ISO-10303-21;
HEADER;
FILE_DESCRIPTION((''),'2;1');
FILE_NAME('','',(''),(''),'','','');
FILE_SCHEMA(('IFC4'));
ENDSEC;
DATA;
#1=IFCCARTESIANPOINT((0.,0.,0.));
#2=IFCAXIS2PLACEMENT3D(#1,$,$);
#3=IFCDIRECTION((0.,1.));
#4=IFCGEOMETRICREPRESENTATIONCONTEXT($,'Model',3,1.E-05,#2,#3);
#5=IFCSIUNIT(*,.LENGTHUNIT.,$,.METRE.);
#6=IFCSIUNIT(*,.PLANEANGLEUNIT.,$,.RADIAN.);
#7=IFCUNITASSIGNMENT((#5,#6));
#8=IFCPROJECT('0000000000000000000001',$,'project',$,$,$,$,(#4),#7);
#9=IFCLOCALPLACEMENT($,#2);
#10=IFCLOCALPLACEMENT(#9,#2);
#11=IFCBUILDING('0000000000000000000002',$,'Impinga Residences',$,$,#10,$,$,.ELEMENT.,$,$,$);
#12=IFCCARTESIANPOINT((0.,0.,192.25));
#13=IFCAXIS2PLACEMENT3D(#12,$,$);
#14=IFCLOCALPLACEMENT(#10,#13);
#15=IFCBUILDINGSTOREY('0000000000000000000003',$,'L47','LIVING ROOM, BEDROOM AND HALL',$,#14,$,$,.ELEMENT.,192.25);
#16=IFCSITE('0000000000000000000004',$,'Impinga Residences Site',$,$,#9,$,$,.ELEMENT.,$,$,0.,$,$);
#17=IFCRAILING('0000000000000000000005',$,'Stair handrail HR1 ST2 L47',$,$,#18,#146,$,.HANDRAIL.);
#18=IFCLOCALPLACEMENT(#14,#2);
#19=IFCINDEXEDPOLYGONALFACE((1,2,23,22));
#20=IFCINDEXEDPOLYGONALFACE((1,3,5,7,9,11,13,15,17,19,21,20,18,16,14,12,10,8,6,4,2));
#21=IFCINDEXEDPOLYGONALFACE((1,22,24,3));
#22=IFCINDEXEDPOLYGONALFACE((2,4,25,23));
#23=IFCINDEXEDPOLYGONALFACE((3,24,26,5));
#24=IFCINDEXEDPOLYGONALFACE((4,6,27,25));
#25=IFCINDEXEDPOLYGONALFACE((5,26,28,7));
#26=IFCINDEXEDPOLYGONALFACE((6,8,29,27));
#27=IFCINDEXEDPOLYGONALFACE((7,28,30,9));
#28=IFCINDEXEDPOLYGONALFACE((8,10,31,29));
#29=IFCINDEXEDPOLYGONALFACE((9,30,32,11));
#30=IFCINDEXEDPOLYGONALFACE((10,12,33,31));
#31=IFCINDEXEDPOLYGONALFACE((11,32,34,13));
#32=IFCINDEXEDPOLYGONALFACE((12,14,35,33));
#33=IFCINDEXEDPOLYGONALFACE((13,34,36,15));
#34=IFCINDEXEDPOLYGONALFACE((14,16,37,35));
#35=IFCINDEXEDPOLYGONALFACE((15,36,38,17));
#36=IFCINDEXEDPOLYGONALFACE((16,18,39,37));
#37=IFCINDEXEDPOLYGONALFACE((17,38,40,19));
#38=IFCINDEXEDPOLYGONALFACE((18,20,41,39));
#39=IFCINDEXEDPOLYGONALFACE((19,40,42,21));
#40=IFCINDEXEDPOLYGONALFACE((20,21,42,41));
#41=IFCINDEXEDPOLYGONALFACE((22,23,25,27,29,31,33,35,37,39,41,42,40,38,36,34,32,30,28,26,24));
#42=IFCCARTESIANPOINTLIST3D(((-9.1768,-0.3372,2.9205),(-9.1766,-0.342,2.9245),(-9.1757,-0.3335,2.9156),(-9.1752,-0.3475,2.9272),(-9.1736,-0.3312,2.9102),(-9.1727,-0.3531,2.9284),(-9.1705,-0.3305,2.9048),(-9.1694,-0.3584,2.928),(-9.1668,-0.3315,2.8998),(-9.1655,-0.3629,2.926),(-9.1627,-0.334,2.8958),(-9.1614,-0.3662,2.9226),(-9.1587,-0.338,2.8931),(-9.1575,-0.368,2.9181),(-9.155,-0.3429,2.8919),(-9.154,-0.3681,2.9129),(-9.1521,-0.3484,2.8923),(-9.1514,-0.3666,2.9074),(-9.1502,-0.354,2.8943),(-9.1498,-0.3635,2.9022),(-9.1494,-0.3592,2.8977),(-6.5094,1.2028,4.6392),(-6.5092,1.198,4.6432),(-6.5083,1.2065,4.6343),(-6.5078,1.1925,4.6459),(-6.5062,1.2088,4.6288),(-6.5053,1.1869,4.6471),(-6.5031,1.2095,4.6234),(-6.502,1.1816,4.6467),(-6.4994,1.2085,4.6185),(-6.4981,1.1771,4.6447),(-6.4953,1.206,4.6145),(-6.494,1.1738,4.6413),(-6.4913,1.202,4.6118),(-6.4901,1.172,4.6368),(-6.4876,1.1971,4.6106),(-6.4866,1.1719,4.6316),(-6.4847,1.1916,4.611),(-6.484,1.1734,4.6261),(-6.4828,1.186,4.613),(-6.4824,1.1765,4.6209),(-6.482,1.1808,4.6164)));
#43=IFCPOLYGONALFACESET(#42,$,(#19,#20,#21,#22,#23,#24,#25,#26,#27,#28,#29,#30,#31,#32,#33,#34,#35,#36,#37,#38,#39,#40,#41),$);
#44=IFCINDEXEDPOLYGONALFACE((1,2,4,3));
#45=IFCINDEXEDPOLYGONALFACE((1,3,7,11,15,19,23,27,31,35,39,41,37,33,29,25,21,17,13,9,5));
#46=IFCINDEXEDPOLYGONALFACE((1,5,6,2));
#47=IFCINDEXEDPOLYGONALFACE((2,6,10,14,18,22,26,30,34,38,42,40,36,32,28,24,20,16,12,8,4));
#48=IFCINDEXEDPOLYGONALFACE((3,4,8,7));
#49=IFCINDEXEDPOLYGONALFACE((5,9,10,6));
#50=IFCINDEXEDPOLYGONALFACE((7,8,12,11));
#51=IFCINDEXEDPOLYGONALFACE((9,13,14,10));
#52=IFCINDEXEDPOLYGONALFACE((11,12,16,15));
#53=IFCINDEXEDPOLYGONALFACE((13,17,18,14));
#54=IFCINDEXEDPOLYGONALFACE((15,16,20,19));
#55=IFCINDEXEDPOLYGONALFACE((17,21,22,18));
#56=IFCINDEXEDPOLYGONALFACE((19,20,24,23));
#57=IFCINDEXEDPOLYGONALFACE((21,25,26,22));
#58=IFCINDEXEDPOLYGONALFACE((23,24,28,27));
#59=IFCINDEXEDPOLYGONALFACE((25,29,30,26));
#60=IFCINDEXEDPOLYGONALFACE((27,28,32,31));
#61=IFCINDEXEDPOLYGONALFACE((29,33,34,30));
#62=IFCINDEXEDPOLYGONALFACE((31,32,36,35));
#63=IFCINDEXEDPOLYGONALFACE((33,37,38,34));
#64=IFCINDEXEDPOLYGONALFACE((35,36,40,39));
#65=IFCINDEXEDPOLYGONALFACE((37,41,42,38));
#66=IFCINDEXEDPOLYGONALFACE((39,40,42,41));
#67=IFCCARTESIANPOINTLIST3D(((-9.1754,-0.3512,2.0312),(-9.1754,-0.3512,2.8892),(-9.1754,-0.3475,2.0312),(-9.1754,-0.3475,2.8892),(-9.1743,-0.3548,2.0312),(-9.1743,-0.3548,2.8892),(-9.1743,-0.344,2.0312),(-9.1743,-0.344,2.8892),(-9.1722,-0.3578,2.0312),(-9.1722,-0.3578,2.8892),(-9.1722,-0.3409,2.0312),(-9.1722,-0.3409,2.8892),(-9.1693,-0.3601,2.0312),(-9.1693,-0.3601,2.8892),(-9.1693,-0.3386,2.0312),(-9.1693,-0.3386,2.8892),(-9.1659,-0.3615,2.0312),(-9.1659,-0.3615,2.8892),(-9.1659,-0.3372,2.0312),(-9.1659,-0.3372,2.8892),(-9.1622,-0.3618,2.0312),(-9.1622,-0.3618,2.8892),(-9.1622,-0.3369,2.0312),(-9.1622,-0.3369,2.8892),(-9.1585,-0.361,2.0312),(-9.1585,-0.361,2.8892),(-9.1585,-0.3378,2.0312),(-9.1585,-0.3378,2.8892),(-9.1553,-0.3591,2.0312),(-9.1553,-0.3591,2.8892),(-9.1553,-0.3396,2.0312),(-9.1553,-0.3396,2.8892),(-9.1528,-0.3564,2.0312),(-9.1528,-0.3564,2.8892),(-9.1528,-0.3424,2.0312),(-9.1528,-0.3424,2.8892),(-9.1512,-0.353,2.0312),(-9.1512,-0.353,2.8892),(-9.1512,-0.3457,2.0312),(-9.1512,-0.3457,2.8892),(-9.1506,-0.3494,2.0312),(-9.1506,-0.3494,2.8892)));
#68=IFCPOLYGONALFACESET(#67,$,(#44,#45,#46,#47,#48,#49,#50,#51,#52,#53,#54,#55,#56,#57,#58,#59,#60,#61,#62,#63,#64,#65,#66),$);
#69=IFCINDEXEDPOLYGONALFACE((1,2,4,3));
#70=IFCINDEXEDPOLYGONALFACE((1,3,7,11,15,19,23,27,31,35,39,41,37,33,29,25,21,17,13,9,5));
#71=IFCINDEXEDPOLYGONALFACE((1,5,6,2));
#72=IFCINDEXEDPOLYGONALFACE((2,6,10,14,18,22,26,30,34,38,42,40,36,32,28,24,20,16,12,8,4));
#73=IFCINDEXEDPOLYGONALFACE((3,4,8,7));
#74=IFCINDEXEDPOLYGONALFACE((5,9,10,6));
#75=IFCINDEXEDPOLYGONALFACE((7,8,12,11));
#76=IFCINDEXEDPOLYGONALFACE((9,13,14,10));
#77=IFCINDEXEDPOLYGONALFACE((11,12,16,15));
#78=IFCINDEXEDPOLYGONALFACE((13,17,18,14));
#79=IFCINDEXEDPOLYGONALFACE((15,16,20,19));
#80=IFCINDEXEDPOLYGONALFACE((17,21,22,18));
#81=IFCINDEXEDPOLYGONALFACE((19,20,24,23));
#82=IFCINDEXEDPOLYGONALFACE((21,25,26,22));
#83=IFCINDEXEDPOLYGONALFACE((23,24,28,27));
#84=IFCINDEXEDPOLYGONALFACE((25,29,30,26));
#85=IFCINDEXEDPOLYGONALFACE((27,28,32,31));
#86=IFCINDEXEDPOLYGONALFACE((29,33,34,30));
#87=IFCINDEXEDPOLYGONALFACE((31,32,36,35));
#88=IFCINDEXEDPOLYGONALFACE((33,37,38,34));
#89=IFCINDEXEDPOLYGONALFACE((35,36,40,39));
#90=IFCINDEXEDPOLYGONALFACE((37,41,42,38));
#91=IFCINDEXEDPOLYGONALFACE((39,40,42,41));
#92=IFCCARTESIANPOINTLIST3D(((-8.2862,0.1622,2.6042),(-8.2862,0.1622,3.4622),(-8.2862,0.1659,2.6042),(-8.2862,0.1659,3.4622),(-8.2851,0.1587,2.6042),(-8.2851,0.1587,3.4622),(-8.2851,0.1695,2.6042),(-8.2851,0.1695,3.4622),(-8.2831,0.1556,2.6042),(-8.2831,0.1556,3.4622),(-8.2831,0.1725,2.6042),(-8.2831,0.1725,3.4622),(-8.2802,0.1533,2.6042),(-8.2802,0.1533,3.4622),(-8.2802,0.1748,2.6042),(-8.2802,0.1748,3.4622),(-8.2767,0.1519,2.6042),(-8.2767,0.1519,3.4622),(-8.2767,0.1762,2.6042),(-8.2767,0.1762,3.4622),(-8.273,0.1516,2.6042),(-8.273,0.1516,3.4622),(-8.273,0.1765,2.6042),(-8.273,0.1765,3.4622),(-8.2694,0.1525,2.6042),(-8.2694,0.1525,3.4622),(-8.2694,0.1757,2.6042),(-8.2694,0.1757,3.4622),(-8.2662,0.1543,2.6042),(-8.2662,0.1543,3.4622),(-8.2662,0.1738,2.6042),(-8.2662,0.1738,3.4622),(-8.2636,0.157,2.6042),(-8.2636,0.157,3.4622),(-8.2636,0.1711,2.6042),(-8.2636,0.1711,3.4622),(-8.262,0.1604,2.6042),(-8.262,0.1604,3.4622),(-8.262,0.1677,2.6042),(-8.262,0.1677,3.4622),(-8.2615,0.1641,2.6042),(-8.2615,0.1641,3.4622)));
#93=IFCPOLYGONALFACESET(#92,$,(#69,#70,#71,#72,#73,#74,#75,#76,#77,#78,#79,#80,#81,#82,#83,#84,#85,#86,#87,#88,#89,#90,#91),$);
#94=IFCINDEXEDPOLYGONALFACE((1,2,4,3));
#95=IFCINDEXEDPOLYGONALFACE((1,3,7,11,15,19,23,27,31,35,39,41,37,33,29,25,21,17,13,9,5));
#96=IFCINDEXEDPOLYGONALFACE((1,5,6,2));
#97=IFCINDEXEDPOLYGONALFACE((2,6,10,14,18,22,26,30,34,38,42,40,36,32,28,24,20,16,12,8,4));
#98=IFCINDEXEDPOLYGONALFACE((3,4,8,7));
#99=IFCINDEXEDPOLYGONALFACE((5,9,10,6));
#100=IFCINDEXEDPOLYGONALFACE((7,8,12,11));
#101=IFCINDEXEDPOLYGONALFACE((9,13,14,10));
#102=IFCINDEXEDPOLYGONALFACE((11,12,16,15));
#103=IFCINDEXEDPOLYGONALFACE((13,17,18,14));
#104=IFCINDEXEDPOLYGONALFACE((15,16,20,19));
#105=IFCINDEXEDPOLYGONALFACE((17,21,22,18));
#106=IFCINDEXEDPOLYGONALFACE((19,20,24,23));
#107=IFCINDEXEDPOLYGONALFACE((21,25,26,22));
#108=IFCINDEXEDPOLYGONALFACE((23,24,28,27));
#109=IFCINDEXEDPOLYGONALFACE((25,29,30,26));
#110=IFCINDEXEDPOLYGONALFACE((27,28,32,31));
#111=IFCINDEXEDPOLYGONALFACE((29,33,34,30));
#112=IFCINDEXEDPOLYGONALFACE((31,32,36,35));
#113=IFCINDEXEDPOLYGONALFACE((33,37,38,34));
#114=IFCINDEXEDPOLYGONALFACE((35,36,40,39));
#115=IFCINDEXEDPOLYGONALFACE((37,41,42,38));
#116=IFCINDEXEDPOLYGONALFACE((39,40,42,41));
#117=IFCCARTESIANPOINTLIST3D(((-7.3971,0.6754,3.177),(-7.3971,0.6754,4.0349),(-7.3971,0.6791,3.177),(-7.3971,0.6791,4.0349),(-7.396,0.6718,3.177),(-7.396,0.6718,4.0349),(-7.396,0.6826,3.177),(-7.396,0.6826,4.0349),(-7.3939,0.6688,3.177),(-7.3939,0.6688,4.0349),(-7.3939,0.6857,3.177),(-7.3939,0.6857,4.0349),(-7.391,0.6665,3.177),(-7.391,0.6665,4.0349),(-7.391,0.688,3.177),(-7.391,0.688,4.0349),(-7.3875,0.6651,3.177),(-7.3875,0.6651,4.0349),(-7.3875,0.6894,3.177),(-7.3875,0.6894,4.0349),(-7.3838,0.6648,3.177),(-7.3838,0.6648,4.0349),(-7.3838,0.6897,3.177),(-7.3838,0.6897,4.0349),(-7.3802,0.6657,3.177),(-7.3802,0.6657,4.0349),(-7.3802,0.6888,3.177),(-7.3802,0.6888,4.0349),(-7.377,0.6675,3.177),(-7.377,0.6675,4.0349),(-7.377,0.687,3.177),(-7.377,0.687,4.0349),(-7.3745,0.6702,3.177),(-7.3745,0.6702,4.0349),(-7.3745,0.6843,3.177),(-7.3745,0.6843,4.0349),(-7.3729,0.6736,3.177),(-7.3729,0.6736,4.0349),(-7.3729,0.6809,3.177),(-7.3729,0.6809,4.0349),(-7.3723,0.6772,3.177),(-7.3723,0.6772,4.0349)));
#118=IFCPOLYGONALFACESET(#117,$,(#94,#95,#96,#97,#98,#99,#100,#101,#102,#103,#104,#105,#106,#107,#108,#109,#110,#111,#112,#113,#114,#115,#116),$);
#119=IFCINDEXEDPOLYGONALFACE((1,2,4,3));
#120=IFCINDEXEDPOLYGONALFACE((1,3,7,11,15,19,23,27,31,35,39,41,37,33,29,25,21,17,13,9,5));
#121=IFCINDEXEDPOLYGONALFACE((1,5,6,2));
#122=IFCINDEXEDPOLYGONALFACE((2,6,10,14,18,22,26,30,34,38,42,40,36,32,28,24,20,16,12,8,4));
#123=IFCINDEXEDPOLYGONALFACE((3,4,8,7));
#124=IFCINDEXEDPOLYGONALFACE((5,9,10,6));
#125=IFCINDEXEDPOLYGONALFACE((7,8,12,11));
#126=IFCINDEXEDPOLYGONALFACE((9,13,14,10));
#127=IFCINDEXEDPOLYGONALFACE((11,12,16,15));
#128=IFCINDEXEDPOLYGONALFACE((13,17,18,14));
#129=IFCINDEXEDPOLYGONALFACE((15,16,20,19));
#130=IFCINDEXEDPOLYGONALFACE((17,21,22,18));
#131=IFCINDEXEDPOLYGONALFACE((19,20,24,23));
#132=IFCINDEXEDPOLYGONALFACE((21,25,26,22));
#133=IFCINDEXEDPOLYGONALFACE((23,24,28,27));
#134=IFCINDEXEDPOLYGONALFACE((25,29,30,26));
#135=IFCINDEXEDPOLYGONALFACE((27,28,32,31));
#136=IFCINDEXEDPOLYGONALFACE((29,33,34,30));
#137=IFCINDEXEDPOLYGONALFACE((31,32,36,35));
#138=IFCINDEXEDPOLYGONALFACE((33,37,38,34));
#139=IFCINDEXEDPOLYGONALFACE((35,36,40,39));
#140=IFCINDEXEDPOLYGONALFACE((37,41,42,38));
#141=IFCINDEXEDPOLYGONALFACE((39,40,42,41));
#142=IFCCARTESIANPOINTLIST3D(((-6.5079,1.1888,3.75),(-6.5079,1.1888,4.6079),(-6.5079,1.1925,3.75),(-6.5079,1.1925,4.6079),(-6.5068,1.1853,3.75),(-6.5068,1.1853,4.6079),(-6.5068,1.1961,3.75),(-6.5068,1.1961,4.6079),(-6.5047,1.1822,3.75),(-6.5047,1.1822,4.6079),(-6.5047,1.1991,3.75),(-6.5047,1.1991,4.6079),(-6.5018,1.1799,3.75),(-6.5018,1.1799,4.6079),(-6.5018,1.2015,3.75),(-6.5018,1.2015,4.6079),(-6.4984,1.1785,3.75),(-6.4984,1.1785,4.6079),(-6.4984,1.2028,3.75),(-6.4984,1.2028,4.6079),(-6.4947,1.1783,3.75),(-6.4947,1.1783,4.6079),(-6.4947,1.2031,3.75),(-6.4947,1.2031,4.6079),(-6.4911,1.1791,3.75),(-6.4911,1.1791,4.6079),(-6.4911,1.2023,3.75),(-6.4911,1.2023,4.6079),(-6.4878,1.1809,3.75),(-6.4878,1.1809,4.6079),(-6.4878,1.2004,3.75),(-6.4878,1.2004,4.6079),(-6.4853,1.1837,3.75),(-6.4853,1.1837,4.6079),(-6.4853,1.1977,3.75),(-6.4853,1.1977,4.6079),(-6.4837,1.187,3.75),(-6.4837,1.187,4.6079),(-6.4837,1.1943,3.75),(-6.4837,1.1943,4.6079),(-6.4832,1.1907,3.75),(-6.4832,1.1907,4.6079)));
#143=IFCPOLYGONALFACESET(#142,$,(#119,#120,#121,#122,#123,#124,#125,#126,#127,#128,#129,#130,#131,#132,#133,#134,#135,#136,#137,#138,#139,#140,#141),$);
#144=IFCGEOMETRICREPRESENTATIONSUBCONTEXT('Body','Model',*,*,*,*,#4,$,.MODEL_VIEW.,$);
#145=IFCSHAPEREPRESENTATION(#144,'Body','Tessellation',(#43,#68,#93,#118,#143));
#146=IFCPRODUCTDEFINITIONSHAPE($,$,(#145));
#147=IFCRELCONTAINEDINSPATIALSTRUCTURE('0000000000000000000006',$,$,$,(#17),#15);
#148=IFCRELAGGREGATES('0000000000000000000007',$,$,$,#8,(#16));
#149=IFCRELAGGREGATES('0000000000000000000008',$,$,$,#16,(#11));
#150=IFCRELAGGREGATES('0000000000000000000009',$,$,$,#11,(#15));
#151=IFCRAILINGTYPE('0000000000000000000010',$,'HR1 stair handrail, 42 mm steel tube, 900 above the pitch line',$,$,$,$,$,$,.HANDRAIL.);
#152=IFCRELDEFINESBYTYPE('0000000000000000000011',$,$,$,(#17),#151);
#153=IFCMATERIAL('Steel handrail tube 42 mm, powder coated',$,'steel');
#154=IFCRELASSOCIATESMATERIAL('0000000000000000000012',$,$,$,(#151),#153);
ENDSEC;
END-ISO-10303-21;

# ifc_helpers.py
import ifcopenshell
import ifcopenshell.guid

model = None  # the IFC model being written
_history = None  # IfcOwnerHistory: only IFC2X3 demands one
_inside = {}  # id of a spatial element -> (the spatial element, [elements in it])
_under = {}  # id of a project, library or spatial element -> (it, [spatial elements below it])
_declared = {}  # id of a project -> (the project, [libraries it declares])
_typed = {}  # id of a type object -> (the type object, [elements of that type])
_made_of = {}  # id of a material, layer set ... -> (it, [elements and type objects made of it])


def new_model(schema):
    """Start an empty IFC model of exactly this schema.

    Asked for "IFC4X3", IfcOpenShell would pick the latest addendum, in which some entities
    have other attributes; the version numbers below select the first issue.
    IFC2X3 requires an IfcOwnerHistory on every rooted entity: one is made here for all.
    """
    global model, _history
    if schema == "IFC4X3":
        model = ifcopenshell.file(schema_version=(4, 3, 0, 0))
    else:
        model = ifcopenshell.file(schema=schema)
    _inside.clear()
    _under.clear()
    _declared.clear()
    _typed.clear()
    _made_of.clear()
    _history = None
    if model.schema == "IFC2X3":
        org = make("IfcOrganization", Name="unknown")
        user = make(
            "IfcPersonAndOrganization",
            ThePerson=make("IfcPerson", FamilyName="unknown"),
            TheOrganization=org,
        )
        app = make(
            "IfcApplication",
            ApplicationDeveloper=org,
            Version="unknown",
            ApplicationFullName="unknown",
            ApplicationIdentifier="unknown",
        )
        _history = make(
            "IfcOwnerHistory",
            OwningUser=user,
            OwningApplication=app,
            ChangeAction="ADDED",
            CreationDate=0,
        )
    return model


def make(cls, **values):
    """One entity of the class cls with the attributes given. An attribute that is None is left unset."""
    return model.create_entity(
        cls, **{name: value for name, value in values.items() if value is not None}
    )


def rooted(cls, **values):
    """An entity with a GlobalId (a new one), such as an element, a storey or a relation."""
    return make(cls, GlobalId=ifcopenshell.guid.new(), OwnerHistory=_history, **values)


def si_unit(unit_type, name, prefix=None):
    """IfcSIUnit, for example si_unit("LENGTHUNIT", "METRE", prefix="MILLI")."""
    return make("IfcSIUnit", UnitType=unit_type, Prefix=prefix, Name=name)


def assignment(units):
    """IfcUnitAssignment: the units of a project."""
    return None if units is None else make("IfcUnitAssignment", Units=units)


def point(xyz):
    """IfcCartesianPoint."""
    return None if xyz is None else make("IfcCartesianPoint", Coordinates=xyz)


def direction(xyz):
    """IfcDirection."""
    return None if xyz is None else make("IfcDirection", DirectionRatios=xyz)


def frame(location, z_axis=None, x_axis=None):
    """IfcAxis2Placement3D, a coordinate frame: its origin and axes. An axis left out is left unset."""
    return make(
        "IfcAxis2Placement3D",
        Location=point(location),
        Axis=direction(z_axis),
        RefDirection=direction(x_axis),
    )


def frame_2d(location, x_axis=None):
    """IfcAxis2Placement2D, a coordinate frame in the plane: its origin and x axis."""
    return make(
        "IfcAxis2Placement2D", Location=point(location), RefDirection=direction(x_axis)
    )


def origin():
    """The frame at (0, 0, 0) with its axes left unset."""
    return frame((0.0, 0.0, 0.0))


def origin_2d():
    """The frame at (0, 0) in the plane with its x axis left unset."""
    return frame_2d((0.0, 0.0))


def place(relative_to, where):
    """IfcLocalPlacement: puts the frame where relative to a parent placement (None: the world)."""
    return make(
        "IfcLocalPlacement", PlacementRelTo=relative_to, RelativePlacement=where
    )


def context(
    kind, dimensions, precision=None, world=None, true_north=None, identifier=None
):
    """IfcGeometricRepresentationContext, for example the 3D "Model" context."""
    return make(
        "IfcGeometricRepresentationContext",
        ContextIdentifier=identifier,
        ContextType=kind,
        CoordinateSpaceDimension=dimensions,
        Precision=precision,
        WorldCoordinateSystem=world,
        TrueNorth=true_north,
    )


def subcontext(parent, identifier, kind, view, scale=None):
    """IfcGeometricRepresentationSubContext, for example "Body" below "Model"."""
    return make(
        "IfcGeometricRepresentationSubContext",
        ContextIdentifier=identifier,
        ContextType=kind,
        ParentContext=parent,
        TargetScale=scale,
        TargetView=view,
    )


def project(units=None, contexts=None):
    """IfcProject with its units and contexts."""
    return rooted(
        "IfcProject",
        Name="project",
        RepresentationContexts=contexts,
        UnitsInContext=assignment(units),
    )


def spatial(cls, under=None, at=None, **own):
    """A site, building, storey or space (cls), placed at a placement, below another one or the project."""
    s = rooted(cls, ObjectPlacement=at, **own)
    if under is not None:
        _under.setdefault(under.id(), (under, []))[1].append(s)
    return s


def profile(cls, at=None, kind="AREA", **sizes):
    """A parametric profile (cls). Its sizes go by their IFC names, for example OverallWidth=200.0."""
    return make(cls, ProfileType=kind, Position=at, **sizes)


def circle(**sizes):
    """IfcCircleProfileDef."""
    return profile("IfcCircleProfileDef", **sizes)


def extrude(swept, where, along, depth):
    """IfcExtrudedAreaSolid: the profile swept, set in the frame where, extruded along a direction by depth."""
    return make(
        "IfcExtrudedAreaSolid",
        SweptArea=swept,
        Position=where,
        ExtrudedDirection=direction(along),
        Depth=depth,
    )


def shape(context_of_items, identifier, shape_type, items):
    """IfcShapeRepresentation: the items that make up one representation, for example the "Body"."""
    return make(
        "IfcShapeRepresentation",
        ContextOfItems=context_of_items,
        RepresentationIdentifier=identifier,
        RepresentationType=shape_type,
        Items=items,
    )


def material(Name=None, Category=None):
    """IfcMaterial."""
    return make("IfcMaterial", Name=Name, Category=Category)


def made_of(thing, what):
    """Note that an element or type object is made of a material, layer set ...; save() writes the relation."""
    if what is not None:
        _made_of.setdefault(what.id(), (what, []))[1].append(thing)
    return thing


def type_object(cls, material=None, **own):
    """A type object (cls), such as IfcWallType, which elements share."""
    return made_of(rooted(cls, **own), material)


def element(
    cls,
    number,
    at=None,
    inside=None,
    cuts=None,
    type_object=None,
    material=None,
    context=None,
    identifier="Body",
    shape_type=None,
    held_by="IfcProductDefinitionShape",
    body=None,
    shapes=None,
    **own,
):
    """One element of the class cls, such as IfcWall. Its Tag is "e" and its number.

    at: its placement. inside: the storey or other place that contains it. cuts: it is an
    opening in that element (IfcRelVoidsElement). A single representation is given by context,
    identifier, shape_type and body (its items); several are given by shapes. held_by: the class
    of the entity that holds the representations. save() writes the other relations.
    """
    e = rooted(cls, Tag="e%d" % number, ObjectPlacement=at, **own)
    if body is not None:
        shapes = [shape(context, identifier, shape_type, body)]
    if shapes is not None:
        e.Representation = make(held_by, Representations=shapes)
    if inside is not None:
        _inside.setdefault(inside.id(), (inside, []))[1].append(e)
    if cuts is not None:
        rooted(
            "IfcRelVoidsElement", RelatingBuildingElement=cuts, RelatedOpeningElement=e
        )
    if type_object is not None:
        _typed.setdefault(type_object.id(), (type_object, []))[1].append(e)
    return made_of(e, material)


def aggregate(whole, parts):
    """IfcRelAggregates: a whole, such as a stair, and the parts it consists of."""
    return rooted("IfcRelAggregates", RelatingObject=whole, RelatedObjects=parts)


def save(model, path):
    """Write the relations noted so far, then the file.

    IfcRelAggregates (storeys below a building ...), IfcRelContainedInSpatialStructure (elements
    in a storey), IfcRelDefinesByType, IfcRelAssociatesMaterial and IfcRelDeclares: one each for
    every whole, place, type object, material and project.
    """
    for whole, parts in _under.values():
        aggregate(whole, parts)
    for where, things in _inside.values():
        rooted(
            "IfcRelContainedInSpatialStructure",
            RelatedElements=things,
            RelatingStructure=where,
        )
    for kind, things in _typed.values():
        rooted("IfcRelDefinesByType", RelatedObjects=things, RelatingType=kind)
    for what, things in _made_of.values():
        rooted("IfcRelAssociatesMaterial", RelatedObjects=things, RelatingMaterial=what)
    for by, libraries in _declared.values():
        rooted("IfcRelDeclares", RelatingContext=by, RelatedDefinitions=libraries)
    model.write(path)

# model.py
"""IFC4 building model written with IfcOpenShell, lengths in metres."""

from ifc_helpers import new_model, si_unit, direction, frame, origin, origin_2d, place, context, subcontext, project, spatial, circle, extrude, material, type_object, element, save


model = new_model("IFC4")

# Units and contexts
model_context = context("Model", 3, precision=1e-05, world=origin(), true_north=direction((0.0, 1.0)))
body_context = subcontext(model_context, "Body", "Model", "MODEL_VIEW")
ifc_project = project(units=[si_unit("LENGTHUNIT", "METRE"), si_unit("PLANEANGLEUNIT", "RADIAN")], contexts=[model_context])

# Site, building, storey
site_placement = place(None, origin())
site = spatial("IfcSite", under=ifc_project, at=site_placement, Name="Impinga Residences Site", CompositionType="ELEMENT", RefElevation=0.0)
building_placement = place(site_placement, origin())
building = spatial("IfcBuilding", under=site, at=building_placement, Name="Impinga Residences", CompositionType="ELEMENT")
storey_placement = place(building_placement, frame((0.0, 0.0, 192.25)))
storey = spatial("IfcBuildingStorey", under=building, at=storey_placement, Name="L47", Description="LIVING ROOM, BEDROOM AND HALL", CompositionType="ELEMENT", Elevation=192.25)

# Railing
ifc_material_1 = material(Name="Steel handrail tube 42 mm, powder coated", Category="steel")
railing_type_1 = type_object("IfcRailingType", Name="HR1 stair handrail, 42 mm steel tube, 900 above the pitch line", PredefinedType="HANDRAIL", material=ifc_material_1)
railing_1_placement = place(storey_placement, frame((-9.1631, -0.3494, 2.0312)))
element("IfcRailing", 1, at=railing_1_placement, inside=storey, type_object=railing_type_1, Name="Stair handrail HR1 ST2 L47", PredefinedType="HANDRAIL", context=body_context, shape_type="SweptSolid", body=[
    extrude(circle(Radius=0.021, at=origin_2d()), frame((0.0, 0.0, 0.8789), z_axis=(0.756256, 0.436616, 0.487282), x_axis=(-0.499992, 0.86603, 0.0)), (0.0, 0.0, 1.0), 3.5271),
    extrude(circle(Radius=0.0125, at=origin_2d()), origin(), (0.0, 0.0, 1.0), 0.8579),
    extrude(circle(Radius=0.0125, at=origin_2d()), frame((0.8892, 0.5134, 0.573)), (0.0, 0.0, 1.0), 0.8579),
    extrude(circle(Radius=0.0125, at=origin_2d()), frame((1.7783, 1.0266, 1.1458)), (0.0, 0.0, 1.0), 0.8579),
    extrude(circle(Radius=0.0125, at=origin_2d()), frame((2.6675, 1.54, 1.7188)), (0.0, 0.0, 1.0), 0.8579),
])

save(model, "model.ifc")
